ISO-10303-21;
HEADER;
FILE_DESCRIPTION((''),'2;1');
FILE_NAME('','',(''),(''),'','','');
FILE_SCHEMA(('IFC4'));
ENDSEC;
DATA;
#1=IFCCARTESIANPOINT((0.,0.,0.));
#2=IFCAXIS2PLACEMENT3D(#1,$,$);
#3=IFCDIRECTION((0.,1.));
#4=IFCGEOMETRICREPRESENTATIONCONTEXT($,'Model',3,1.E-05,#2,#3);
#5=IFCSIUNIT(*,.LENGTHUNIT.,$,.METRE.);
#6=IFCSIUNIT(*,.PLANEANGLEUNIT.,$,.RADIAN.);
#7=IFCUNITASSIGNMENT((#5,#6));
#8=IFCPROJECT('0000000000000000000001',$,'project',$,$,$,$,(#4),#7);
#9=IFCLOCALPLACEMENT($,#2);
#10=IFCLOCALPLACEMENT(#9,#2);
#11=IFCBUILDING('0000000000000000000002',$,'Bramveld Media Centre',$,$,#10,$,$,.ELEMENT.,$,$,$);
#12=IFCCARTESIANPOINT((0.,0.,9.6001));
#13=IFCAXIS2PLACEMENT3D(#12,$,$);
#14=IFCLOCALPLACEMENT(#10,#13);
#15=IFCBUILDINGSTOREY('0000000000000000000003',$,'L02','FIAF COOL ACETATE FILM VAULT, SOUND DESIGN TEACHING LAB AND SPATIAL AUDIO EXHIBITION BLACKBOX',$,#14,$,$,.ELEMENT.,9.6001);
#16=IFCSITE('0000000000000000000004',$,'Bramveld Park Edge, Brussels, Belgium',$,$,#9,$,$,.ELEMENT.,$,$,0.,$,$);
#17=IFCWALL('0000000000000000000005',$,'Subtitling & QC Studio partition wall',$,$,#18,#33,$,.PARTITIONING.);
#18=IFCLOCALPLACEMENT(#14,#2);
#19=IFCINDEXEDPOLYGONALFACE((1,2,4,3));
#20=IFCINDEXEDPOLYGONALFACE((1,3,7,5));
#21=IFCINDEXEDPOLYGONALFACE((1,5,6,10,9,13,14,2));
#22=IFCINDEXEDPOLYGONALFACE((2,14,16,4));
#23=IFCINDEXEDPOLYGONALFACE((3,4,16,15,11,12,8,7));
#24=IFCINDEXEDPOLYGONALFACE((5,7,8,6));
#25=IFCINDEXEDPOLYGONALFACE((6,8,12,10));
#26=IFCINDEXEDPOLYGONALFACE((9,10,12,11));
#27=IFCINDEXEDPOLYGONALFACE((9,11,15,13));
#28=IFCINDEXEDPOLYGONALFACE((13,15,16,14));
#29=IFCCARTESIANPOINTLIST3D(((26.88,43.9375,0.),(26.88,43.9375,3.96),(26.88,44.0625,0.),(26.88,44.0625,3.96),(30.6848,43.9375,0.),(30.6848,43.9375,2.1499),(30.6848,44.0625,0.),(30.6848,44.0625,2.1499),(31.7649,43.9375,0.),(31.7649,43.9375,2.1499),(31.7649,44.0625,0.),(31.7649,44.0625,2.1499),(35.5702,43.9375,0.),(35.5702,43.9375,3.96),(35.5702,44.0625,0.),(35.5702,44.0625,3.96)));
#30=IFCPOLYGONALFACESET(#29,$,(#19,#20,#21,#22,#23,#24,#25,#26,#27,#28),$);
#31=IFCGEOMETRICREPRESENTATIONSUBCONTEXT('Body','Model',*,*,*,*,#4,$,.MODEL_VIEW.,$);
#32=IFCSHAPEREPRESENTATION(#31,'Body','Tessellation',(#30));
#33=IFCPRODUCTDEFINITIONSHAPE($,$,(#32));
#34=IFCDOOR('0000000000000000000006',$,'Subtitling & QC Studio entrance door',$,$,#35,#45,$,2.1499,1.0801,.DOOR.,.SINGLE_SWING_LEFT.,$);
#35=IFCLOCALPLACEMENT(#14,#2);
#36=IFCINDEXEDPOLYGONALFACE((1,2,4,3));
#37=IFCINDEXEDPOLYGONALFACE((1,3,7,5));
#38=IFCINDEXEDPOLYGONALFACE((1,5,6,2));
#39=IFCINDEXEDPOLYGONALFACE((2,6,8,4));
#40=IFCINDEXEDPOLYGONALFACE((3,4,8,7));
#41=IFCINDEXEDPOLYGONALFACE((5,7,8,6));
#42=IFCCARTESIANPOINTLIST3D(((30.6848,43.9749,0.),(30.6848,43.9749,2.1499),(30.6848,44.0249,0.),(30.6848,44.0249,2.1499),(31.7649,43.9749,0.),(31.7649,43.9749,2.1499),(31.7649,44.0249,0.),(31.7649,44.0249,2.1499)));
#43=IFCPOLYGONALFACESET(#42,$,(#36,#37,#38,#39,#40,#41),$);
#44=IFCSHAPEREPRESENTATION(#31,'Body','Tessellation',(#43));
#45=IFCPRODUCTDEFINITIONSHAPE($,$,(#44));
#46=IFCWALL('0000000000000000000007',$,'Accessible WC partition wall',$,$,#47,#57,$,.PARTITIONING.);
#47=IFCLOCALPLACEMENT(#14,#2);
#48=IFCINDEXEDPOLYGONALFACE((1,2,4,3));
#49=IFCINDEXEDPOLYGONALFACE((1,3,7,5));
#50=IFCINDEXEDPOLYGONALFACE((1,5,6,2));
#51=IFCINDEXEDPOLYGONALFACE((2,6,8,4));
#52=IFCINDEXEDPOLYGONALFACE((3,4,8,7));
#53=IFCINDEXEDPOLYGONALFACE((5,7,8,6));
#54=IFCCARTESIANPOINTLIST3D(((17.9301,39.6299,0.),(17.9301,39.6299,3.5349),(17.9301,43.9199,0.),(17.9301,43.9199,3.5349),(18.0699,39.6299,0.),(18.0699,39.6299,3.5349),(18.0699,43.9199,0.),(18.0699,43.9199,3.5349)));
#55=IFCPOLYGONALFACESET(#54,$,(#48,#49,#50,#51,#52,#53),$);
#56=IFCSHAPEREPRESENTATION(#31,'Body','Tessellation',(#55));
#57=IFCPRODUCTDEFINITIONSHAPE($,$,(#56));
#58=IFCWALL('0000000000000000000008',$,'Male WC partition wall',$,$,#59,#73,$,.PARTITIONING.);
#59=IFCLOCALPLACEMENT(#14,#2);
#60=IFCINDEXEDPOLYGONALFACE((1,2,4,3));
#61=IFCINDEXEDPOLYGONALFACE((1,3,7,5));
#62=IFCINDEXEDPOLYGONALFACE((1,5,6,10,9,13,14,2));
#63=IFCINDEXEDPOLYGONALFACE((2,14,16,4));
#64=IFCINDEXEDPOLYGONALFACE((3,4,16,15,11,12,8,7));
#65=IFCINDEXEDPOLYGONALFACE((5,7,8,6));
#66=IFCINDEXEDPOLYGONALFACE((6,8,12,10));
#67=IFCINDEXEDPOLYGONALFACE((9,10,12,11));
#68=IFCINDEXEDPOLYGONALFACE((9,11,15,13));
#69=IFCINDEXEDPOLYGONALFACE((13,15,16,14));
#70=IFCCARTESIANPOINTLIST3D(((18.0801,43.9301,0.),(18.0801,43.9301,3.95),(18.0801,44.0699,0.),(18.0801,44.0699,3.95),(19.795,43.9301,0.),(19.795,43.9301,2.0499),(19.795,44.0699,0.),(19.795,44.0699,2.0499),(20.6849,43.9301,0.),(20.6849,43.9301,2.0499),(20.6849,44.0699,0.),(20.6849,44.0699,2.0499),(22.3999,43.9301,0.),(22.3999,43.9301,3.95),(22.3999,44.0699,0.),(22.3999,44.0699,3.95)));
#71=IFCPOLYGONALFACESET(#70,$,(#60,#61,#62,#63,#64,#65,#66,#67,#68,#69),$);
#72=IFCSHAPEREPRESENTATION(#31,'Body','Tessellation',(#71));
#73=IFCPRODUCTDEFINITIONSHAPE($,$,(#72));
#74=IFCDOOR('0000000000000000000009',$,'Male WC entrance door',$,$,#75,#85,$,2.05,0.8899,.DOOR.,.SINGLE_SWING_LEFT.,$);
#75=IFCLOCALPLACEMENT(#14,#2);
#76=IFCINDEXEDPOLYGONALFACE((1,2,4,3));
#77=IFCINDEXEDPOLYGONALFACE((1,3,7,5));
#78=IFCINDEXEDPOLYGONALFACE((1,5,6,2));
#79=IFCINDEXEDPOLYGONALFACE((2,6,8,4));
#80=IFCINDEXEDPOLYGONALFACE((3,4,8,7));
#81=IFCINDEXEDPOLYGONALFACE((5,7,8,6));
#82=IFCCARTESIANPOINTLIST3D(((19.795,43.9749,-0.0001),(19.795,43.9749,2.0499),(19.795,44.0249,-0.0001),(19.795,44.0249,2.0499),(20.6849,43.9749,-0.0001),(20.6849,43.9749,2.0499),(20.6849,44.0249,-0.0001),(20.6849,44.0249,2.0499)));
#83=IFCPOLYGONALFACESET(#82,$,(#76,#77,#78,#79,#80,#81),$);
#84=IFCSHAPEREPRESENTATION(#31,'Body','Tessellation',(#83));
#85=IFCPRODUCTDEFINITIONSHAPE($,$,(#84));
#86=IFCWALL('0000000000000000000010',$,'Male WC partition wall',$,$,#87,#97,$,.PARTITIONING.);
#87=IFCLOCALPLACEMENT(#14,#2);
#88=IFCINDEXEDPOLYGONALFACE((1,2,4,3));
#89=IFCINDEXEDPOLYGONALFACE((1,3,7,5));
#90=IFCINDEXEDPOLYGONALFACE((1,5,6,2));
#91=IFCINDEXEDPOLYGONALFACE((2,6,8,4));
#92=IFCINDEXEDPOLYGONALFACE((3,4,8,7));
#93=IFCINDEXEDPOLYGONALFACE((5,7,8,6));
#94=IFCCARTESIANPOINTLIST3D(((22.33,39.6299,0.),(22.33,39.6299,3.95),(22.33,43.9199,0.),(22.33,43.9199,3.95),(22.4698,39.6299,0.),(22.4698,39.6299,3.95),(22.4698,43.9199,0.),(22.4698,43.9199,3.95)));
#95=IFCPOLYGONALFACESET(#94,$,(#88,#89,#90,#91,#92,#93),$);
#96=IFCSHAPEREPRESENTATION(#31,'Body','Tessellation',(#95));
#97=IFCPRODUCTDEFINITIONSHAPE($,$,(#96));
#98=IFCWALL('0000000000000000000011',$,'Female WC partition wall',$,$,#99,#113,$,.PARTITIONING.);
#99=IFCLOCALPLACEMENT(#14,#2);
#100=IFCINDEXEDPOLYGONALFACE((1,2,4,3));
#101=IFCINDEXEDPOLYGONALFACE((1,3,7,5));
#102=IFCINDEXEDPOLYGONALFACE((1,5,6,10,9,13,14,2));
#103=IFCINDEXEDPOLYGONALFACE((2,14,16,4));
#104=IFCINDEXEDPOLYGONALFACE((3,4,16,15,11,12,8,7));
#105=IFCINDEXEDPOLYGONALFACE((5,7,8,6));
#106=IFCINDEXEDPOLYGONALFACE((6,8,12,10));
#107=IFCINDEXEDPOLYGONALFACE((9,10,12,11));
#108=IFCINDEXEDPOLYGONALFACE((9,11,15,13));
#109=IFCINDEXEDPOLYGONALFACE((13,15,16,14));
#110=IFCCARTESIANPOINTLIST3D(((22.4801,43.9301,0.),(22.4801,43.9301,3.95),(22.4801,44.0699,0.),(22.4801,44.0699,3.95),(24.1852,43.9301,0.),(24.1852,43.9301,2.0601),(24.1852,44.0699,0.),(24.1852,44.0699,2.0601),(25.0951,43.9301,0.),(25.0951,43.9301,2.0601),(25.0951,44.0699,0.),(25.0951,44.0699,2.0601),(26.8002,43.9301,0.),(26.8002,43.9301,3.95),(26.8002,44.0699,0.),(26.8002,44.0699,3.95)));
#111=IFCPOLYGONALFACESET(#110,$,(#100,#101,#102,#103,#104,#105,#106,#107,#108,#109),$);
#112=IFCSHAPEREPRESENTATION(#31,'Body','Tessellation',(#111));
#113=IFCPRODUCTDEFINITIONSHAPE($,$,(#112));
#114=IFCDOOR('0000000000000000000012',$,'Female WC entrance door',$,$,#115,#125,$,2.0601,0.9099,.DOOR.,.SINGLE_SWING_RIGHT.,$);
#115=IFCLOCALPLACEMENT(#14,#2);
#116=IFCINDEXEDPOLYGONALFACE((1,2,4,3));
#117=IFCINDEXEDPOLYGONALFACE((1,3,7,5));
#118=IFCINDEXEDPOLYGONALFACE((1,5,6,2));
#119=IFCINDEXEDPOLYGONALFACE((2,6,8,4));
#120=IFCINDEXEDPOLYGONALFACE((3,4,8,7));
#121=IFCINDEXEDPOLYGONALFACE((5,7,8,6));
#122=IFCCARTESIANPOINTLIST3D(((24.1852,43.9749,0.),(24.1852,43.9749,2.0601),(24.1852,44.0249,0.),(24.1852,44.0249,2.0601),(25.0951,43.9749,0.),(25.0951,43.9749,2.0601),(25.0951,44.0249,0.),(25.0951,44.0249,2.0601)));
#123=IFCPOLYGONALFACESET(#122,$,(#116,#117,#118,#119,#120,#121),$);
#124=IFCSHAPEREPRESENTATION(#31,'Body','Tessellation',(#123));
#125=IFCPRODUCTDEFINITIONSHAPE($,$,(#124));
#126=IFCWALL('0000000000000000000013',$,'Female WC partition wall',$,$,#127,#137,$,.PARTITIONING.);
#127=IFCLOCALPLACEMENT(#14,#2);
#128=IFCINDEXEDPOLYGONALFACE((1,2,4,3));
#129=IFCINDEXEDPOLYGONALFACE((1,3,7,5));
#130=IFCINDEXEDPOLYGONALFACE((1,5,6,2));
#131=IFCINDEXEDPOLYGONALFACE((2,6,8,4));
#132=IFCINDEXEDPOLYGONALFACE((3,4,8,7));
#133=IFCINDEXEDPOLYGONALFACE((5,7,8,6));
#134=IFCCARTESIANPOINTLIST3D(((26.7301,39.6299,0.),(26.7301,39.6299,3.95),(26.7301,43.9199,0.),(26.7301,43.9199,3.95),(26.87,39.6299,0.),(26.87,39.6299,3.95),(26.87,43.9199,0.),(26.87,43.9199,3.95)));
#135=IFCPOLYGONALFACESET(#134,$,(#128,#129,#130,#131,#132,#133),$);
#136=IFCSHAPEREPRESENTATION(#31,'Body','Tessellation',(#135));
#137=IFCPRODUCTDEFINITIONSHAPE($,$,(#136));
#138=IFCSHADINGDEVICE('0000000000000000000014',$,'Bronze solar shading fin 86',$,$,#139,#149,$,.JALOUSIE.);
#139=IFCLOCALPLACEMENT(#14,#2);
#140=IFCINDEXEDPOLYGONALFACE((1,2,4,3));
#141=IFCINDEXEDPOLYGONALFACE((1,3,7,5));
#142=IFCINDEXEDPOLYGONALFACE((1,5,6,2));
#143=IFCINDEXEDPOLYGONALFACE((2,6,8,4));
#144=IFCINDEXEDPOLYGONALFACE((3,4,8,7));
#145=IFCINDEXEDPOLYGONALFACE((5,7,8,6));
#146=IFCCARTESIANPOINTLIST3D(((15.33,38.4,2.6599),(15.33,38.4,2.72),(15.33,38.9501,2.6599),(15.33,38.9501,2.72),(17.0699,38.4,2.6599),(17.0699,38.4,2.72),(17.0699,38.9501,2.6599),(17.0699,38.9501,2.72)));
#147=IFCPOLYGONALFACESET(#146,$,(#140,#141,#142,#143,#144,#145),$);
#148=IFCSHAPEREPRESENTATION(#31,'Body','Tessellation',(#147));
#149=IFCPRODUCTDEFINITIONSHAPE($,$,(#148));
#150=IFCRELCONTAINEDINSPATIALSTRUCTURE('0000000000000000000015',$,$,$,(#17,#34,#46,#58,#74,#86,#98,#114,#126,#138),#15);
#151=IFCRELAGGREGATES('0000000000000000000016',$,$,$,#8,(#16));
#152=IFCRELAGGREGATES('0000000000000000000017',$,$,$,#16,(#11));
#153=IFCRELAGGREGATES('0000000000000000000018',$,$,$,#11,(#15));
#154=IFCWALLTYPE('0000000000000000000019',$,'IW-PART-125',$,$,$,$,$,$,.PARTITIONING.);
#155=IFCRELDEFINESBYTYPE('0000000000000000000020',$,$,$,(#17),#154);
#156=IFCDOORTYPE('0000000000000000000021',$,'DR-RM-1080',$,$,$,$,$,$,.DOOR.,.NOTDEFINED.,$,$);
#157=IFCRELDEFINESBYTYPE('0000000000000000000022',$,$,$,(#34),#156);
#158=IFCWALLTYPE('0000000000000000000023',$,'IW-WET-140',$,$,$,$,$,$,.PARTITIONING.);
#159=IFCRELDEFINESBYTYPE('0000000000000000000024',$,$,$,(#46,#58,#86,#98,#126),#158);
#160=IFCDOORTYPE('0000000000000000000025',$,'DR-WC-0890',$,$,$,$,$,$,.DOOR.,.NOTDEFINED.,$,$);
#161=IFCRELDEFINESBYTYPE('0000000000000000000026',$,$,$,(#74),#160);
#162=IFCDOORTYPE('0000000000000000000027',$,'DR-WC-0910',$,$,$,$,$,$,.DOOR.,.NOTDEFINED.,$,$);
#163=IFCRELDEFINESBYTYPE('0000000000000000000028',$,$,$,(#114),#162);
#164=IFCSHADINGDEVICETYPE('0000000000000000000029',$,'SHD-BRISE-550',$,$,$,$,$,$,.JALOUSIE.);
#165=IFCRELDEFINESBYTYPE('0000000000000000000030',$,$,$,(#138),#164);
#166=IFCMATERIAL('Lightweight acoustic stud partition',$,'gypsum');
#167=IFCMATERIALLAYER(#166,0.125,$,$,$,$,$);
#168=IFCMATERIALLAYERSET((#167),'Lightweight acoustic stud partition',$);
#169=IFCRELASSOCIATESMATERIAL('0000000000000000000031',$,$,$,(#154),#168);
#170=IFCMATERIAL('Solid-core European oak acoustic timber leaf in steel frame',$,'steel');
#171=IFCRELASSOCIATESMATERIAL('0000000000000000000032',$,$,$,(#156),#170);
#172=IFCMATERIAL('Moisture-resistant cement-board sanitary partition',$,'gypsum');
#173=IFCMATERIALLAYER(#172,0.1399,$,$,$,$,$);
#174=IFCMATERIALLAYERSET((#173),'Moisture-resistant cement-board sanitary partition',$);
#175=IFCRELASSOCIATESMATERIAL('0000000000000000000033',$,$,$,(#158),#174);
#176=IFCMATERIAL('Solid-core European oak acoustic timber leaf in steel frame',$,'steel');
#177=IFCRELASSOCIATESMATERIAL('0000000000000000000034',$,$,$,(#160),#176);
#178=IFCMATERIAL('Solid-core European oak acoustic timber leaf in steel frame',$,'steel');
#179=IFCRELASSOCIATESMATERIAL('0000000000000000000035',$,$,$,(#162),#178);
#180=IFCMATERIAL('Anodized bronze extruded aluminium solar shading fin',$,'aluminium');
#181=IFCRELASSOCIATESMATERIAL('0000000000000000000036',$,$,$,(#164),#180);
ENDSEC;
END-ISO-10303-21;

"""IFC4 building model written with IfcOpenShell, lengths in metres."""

from ifc_helpers import new_model, si_unit, direction, frame, frame_2d, origin, origin_2d, place, context, subcontext, project, spatial, rectangle, extrude, material, layer, layer_set, type_object, element, fill, save


model = new_model("IFC4")

# Units and contexts
model_context = context("Model", 3, precision=1e-05, world=origin(), true_north=direction((0.0, 1.0)))
body_context = subcontext(model_context, "Body", "Model", "MODEL_VIEW")
ifc_project = project(units=[si_unit("LENGTHUNIT", "METRE"), si_unit("PLANEANGLEUNIT", "RADIAN")], contexts=[model_context])

# Site, building, storey
site_placement = place(None, origin())
site = spatial("IfcSite", under=ifc_project, at=site_placement, Name="Bramveld Park Edge, Brussels, Belgium", CompositionType="ELEMENT", RefElevation=0.0)
building_placement = place(site_placement, origin())
building = spatial("IfcBuilding", under=site, at=building_placement, Name="Bramveld Media Centre", CompositionType="ELEMENT")
storey_placement = place(building_placement, frame((0.0, 0.0, 9.6001)))
storey = spatial("IfcBuildingStorey", under=building, at=storey_placement, Name="L02", Description="FIAF COOL ACETATE FILM VAULT, SOUND DESIGN TEACHING LAB AND SPATIAL AUDIO EXHIBITION BLACKBOX", CompositionType="ELEMENT", Elevation=9.6001)

# Wall, opening, door
ifc_material_1 = material(Name="Lightweight acoustic stud partition", Category="gypsum")
ifc_layer_1 = layer(ifc_material_1, 0.125)
ifc_layer_set_1 = layer_set([ifc_layer_1], Name="Lightweight acoustic stud partition")
wall_type_1 = type_object("IfcWallType", Name="IW-PART-125", PredefinedType="PARTITIONING", material=ifc_layer_set_1)
wall_1_placement = place(storey_placement, frame((26.8799, 44.0, 0.0), z_axis=(0.0, 0.0, 1.0), x_axis=(1.0, 0.0, 0.0)))
wall_1 = element("IfcWall", 1, at=wall_1_placement, inside=storey, type_object=wall_type_1, Name="Subtitling & QC Studio partition wall", PredefinedType="PARTITIONING", context=body_context, shape_type="SweptSolid", body=[
    extrude(rectangle(XDim=8.6902, YDim=0.125, at=frame_2d((4.3452, 0.0))), origin(), (0.0, 0.0, 1.0), 3.96),
])
opening_1_placement = place(wall_1_placement, frame((3.8049, 0.0, 0.0)))
opening_1 = element("IfcOpeningElement", 2, at=opening_1_placement, cuts=wall_1, PredefinedType="OPENING", context=body_context, shape_type="SweptSolid", body=[
    extrude(rectangle(XDim=1.0801, YDim=2.1499, at=frame_2d((0.54, 1.075))), frame((0.0, 0.0745, 0.0), z_axis=(0.0, -1.0, 0.0), x_axis=(1.0, 0.0, 0.0)), (0.0, 0.0, 1.0), 0.1489),
])
ifc_material_2 = material(Name="Solid-core European oak acoustic timber leaf in steel frame", Category="steel")
door_type_1 = type_object("IfcDoorType", Name="DR-RM-1080", OperationType="NOTDEFINED", PredefinedType="DOOR", material=ifc_material_2)
door_1_placement = place(opening_1_placement, origin())
door_1 = element("IfcDoor", 3, at=door_1_placement, inside=storey, type_object=door_type_1, Name="Subtitling & QC Studio entrance door", OperationType="SINGLE_SWING_LEFT", OverallHeight=2.1499, OverallWidth=1.0801, PredefinedType="DOOR", context=body_context, shape_type="SweptSolid", body=[
    extrude(rectangle(XDim=1.0801, YDim=2.1499, at=frame_2d((0.54, 1.075))), frame((0.0, 0.0249, 0.0), z_axis=(0.0, -1.0, 0.0), x_axis=(1.0, 0.0, 0.0)), (0.0, 0.0, 1.0), 0.05),
])
fill(opening_1, door_1)

# Wall
ifc_material_3 = material(Name="Moisture-resistant cement-board sanitary partition", Category="gypsum")
ifc_layer_2 = layer(ifc_material_3, 0.1399)
ifc_layer_set_2 = layer_set([ifc_layer_2], Name="Moisture-resistant cement-board sanitary partition")
wall_type_2 = type_object("IfcWallType", Name="IW-WET-140", PredefinedType="PARTITIONING", material=ifc_layer_set_2)
wall_2_placement = place(storey_placement, frame((18.0, 39.6299, 0.0), z_axis=(0.0, 0.0, 1.0), x_axis=(0.0, 1.0, 0.0)))
element("IfcWall", 4, at=wall_2_placement, inside=storey, type_object=wall_type_2, Name="Accessible WC partition wall", PredefinedType="PARTITIONING", context=body_context, shape_type="SweptSolid", body=[
    extrude(rectangle(XDim=4.29, YDim=0.1399, at=frame_2d((2.145, 0.0))), origin(), (0.0, 0.0, 1.0), 3.5349),
])

# Wall, opening, door
wall_3_placement = place(storey_placement, frame((18.0801, 44.0, 0.0), z_axis=(0.0, 0.0, 1.0), x_axis=(1.0, 0.0, 0.0)))
wall_3 = element("IfcWall", 5, at=wall_3_placement, inside=storey, type_object=wall_type_2, Name="Male WC partition wall", PredefinedType="PARTITIONING", context=body_context, shape_type="SweptSolid", body=[
    extrude(rectangle(XDim=4.3198, YDim=0.1399, at=frame_2d((2.1599, 0.0))), origin(), (0.0, 0.0, 1.0), 3.95),
])
opening_2_placement = place(wall_3_placement, frame((1.7151, 0.0, 0.0)))
opening_2 = element("IfcOpeningElement", 6, at=opening_2_placement, cuts=wall_3, PredefinedType="OPENING", context=body_context, shape_type="SweptSolid", body=[
    extrude(rectangle(XDim=0.8899, YDim=2.05, at=frame_2d((0.4448, 1.0249))), frame((0.0, 0.082, 0.0), z_axis=(0.0, -1.0, 0.0), x_axis=(1.0, 0.0, 0.0)), (0.0, 0.0, 1.0), 0.1638),
])
ifc_material_4 = material(Name="Solid-core European oak acoustic timber leaf in steel frame", Category="steel")
door_type_2 = type_object("IfcDoorType", Name="DR-WC-0890", OperationType="NOTDEFINED", PredefinedType="DOOR", material=ifc_material_4)
door_2_placement = place(opening_2_placement, origin())
door_2 = element("IfcDoor", 7, at=door_2_placement, inside=storey, type_object=door_type_2, Name="Male WC entrance door", OperationType="SINGLE_SWING_LEFT", OverallHeight=2.05, OverallWidth=0.8899, PredefinedType="DOOR", context=body_context, shape_type="SweptSolid", body=[
    extrude(rectangle(XDim=0.8899, YDim=2.05, at=frame_2d((0.4448, 1.0249))), frame((0.0, 0.0249, 0.0), z_axis=(0.0, -1.0, 0.0), x_axis=(1.0, 0.0, 0.0)), (0.0, 0.0, 1.0), 0.05),
])
fill(opening_2, door_2)

# Wall
wall_4_placement = place(storey_placement, frame((22.3999, 39.6299, 0.0), z_axis=(0.0, 0.0, 1.0), x_axis=(0.0, 1.0, 0.0)))
element("IfcWall", 8, at=wall_4_placement, inside=storey, type_object=wall_type_2, Name="Male WC partition wall", PredefinedType="PARTITIONING", context=body_context, shape_type="SweptSolid", body=[
    extrude(rectangle(XDim=4.29, YDim=0.1399, at=frame_2d((2.145, 0.0))), origin(), (0.0, 0.0, 1.0), 3.95),
])

# Wall, opening, door
wall_5_placement = place(storey_placement, frame((22.48, 44.0, 0.0), z_axis=(0.0, 0.0, 1.0), x_axis=(1.0, 0.0, 0.0)))
wall_5 = element("IfcWall", 9, at=wall_5_placement, inside=storey, type_object=wall_type_2, Name="Female WC partition wall", PredefinedType="PARTITIONING", context=body_context, shape_type="SweptSolid", body=[
    extrude(rectangle(XDim=4.3201, YDim=0.1399, at=frame_2d((2.1602, 0.0))), origin(), (0.0, 0.0, 1.0), 3.95),
])
opening_3_placement = place(wall_5_placement, frame((1.7051, 0.0, 0.0)))
opening_3 = element("IfcOpeningElement", 10, at=opening_3_placement, cuts=wall_5, PredefinedType="OPENING", context=body_context, shape_type="SweptSolid", body=[
    extrude(rectangle(XDim=0.9099, YDim=2.0601, at=frame_2d((0.4551, 1.03))), frame((0.0, 0.082, 0.0), z_axis=(0.0, -1.0, 0.0), x_axis=(1.0, 0.0, 0.0)), (0.0, 0.0, 1.0), 0.1638),
])
ifc_material_5 = material(Name="Solid-core European oak acoustic timber leaf in steel frame", Category="steel")
door_type_3 = type_object("IfcDoorType", Name="DR-WC-0910", OperationType="NOTDEFINED", PredefinedType="DOOR", material=ifc_material_5)
door_3_placement = place(opening_3_placement, origin())
door_3 = element("IfcDoor", 11, at=door_3_placement, inside=storey, type_object=door_type_3, Name="Female WC entrance door", OperationType="SINGLE_SWING_RIGHT", OverallHeight=2.0601, OverallWidth=0.9099, PredefinedType="DOOR", context=body_context, shape_type="SweptSolid", body=[
    extrude(rectangle(XDim=0.9099, YDim=2.0601, at=frame_2d((0.4551, 1.03))), frame((0.0, 0.0249, 0.0), z_axis=(0.0, -1.0, 0.0), x_axis=(1.0, 0.0, 0.0)), (0.0, 0.0, 1.0), 0.05),
])
fill(opening_3, door_3)

# Wall
wall_6_placement = place(storey_placement, frame((26.8, 39.6299, 0.0), z_axis=(0.0, 0.0, 1.0), x_axis=(0.0, 1.0, 0.0)))
element("IfcWall", 12, at=wall_6_placement, inside=storey, type_object=wall_type_2, Name="Female WC partition wall", PredefinedType="PARTITIONING", context=body_context, shape_type="SweptSolid", body=[
    extrude(rectangle(XDim=4.29, YDim=0.1399, at=frame_2d((2.145, 0.0))), origin(), (0.0, 0.0, 1.0), 3.95),
])

# Shading device
ifc_material_6 = material(Name="Anodized bronze extruded aluminium solar shading fin", Category="aluminium")
shading_device_type = type_object("IfcShadingDeviceType", Name="SHD-BRISE-550", PredefinedType="JALOUSIE", material=ifc_material_6)
shading_device_placement = place(storey_placement, frame((16.2, 38.675, 2.6599), z_axis=(0.0, 0.0, 1.0), x_axis=(1.0, 0.0, 0.0)))
element("IfcShadingDevice", 13, at=shading_device_placement, inside=storey, type_object=shading_device_type, Name="Bronze solar shading fin 86", PredefinedType="JALOUSIE", context=body_context, shape_type="SweptSolid", body=[
    extrude(rectangle(XDim=1.74, YDim=0.55, at=origin_2d()), origin(), (0.0, 0.0, 1.0), 0.0601),
])

save(model, "model.ifc")
